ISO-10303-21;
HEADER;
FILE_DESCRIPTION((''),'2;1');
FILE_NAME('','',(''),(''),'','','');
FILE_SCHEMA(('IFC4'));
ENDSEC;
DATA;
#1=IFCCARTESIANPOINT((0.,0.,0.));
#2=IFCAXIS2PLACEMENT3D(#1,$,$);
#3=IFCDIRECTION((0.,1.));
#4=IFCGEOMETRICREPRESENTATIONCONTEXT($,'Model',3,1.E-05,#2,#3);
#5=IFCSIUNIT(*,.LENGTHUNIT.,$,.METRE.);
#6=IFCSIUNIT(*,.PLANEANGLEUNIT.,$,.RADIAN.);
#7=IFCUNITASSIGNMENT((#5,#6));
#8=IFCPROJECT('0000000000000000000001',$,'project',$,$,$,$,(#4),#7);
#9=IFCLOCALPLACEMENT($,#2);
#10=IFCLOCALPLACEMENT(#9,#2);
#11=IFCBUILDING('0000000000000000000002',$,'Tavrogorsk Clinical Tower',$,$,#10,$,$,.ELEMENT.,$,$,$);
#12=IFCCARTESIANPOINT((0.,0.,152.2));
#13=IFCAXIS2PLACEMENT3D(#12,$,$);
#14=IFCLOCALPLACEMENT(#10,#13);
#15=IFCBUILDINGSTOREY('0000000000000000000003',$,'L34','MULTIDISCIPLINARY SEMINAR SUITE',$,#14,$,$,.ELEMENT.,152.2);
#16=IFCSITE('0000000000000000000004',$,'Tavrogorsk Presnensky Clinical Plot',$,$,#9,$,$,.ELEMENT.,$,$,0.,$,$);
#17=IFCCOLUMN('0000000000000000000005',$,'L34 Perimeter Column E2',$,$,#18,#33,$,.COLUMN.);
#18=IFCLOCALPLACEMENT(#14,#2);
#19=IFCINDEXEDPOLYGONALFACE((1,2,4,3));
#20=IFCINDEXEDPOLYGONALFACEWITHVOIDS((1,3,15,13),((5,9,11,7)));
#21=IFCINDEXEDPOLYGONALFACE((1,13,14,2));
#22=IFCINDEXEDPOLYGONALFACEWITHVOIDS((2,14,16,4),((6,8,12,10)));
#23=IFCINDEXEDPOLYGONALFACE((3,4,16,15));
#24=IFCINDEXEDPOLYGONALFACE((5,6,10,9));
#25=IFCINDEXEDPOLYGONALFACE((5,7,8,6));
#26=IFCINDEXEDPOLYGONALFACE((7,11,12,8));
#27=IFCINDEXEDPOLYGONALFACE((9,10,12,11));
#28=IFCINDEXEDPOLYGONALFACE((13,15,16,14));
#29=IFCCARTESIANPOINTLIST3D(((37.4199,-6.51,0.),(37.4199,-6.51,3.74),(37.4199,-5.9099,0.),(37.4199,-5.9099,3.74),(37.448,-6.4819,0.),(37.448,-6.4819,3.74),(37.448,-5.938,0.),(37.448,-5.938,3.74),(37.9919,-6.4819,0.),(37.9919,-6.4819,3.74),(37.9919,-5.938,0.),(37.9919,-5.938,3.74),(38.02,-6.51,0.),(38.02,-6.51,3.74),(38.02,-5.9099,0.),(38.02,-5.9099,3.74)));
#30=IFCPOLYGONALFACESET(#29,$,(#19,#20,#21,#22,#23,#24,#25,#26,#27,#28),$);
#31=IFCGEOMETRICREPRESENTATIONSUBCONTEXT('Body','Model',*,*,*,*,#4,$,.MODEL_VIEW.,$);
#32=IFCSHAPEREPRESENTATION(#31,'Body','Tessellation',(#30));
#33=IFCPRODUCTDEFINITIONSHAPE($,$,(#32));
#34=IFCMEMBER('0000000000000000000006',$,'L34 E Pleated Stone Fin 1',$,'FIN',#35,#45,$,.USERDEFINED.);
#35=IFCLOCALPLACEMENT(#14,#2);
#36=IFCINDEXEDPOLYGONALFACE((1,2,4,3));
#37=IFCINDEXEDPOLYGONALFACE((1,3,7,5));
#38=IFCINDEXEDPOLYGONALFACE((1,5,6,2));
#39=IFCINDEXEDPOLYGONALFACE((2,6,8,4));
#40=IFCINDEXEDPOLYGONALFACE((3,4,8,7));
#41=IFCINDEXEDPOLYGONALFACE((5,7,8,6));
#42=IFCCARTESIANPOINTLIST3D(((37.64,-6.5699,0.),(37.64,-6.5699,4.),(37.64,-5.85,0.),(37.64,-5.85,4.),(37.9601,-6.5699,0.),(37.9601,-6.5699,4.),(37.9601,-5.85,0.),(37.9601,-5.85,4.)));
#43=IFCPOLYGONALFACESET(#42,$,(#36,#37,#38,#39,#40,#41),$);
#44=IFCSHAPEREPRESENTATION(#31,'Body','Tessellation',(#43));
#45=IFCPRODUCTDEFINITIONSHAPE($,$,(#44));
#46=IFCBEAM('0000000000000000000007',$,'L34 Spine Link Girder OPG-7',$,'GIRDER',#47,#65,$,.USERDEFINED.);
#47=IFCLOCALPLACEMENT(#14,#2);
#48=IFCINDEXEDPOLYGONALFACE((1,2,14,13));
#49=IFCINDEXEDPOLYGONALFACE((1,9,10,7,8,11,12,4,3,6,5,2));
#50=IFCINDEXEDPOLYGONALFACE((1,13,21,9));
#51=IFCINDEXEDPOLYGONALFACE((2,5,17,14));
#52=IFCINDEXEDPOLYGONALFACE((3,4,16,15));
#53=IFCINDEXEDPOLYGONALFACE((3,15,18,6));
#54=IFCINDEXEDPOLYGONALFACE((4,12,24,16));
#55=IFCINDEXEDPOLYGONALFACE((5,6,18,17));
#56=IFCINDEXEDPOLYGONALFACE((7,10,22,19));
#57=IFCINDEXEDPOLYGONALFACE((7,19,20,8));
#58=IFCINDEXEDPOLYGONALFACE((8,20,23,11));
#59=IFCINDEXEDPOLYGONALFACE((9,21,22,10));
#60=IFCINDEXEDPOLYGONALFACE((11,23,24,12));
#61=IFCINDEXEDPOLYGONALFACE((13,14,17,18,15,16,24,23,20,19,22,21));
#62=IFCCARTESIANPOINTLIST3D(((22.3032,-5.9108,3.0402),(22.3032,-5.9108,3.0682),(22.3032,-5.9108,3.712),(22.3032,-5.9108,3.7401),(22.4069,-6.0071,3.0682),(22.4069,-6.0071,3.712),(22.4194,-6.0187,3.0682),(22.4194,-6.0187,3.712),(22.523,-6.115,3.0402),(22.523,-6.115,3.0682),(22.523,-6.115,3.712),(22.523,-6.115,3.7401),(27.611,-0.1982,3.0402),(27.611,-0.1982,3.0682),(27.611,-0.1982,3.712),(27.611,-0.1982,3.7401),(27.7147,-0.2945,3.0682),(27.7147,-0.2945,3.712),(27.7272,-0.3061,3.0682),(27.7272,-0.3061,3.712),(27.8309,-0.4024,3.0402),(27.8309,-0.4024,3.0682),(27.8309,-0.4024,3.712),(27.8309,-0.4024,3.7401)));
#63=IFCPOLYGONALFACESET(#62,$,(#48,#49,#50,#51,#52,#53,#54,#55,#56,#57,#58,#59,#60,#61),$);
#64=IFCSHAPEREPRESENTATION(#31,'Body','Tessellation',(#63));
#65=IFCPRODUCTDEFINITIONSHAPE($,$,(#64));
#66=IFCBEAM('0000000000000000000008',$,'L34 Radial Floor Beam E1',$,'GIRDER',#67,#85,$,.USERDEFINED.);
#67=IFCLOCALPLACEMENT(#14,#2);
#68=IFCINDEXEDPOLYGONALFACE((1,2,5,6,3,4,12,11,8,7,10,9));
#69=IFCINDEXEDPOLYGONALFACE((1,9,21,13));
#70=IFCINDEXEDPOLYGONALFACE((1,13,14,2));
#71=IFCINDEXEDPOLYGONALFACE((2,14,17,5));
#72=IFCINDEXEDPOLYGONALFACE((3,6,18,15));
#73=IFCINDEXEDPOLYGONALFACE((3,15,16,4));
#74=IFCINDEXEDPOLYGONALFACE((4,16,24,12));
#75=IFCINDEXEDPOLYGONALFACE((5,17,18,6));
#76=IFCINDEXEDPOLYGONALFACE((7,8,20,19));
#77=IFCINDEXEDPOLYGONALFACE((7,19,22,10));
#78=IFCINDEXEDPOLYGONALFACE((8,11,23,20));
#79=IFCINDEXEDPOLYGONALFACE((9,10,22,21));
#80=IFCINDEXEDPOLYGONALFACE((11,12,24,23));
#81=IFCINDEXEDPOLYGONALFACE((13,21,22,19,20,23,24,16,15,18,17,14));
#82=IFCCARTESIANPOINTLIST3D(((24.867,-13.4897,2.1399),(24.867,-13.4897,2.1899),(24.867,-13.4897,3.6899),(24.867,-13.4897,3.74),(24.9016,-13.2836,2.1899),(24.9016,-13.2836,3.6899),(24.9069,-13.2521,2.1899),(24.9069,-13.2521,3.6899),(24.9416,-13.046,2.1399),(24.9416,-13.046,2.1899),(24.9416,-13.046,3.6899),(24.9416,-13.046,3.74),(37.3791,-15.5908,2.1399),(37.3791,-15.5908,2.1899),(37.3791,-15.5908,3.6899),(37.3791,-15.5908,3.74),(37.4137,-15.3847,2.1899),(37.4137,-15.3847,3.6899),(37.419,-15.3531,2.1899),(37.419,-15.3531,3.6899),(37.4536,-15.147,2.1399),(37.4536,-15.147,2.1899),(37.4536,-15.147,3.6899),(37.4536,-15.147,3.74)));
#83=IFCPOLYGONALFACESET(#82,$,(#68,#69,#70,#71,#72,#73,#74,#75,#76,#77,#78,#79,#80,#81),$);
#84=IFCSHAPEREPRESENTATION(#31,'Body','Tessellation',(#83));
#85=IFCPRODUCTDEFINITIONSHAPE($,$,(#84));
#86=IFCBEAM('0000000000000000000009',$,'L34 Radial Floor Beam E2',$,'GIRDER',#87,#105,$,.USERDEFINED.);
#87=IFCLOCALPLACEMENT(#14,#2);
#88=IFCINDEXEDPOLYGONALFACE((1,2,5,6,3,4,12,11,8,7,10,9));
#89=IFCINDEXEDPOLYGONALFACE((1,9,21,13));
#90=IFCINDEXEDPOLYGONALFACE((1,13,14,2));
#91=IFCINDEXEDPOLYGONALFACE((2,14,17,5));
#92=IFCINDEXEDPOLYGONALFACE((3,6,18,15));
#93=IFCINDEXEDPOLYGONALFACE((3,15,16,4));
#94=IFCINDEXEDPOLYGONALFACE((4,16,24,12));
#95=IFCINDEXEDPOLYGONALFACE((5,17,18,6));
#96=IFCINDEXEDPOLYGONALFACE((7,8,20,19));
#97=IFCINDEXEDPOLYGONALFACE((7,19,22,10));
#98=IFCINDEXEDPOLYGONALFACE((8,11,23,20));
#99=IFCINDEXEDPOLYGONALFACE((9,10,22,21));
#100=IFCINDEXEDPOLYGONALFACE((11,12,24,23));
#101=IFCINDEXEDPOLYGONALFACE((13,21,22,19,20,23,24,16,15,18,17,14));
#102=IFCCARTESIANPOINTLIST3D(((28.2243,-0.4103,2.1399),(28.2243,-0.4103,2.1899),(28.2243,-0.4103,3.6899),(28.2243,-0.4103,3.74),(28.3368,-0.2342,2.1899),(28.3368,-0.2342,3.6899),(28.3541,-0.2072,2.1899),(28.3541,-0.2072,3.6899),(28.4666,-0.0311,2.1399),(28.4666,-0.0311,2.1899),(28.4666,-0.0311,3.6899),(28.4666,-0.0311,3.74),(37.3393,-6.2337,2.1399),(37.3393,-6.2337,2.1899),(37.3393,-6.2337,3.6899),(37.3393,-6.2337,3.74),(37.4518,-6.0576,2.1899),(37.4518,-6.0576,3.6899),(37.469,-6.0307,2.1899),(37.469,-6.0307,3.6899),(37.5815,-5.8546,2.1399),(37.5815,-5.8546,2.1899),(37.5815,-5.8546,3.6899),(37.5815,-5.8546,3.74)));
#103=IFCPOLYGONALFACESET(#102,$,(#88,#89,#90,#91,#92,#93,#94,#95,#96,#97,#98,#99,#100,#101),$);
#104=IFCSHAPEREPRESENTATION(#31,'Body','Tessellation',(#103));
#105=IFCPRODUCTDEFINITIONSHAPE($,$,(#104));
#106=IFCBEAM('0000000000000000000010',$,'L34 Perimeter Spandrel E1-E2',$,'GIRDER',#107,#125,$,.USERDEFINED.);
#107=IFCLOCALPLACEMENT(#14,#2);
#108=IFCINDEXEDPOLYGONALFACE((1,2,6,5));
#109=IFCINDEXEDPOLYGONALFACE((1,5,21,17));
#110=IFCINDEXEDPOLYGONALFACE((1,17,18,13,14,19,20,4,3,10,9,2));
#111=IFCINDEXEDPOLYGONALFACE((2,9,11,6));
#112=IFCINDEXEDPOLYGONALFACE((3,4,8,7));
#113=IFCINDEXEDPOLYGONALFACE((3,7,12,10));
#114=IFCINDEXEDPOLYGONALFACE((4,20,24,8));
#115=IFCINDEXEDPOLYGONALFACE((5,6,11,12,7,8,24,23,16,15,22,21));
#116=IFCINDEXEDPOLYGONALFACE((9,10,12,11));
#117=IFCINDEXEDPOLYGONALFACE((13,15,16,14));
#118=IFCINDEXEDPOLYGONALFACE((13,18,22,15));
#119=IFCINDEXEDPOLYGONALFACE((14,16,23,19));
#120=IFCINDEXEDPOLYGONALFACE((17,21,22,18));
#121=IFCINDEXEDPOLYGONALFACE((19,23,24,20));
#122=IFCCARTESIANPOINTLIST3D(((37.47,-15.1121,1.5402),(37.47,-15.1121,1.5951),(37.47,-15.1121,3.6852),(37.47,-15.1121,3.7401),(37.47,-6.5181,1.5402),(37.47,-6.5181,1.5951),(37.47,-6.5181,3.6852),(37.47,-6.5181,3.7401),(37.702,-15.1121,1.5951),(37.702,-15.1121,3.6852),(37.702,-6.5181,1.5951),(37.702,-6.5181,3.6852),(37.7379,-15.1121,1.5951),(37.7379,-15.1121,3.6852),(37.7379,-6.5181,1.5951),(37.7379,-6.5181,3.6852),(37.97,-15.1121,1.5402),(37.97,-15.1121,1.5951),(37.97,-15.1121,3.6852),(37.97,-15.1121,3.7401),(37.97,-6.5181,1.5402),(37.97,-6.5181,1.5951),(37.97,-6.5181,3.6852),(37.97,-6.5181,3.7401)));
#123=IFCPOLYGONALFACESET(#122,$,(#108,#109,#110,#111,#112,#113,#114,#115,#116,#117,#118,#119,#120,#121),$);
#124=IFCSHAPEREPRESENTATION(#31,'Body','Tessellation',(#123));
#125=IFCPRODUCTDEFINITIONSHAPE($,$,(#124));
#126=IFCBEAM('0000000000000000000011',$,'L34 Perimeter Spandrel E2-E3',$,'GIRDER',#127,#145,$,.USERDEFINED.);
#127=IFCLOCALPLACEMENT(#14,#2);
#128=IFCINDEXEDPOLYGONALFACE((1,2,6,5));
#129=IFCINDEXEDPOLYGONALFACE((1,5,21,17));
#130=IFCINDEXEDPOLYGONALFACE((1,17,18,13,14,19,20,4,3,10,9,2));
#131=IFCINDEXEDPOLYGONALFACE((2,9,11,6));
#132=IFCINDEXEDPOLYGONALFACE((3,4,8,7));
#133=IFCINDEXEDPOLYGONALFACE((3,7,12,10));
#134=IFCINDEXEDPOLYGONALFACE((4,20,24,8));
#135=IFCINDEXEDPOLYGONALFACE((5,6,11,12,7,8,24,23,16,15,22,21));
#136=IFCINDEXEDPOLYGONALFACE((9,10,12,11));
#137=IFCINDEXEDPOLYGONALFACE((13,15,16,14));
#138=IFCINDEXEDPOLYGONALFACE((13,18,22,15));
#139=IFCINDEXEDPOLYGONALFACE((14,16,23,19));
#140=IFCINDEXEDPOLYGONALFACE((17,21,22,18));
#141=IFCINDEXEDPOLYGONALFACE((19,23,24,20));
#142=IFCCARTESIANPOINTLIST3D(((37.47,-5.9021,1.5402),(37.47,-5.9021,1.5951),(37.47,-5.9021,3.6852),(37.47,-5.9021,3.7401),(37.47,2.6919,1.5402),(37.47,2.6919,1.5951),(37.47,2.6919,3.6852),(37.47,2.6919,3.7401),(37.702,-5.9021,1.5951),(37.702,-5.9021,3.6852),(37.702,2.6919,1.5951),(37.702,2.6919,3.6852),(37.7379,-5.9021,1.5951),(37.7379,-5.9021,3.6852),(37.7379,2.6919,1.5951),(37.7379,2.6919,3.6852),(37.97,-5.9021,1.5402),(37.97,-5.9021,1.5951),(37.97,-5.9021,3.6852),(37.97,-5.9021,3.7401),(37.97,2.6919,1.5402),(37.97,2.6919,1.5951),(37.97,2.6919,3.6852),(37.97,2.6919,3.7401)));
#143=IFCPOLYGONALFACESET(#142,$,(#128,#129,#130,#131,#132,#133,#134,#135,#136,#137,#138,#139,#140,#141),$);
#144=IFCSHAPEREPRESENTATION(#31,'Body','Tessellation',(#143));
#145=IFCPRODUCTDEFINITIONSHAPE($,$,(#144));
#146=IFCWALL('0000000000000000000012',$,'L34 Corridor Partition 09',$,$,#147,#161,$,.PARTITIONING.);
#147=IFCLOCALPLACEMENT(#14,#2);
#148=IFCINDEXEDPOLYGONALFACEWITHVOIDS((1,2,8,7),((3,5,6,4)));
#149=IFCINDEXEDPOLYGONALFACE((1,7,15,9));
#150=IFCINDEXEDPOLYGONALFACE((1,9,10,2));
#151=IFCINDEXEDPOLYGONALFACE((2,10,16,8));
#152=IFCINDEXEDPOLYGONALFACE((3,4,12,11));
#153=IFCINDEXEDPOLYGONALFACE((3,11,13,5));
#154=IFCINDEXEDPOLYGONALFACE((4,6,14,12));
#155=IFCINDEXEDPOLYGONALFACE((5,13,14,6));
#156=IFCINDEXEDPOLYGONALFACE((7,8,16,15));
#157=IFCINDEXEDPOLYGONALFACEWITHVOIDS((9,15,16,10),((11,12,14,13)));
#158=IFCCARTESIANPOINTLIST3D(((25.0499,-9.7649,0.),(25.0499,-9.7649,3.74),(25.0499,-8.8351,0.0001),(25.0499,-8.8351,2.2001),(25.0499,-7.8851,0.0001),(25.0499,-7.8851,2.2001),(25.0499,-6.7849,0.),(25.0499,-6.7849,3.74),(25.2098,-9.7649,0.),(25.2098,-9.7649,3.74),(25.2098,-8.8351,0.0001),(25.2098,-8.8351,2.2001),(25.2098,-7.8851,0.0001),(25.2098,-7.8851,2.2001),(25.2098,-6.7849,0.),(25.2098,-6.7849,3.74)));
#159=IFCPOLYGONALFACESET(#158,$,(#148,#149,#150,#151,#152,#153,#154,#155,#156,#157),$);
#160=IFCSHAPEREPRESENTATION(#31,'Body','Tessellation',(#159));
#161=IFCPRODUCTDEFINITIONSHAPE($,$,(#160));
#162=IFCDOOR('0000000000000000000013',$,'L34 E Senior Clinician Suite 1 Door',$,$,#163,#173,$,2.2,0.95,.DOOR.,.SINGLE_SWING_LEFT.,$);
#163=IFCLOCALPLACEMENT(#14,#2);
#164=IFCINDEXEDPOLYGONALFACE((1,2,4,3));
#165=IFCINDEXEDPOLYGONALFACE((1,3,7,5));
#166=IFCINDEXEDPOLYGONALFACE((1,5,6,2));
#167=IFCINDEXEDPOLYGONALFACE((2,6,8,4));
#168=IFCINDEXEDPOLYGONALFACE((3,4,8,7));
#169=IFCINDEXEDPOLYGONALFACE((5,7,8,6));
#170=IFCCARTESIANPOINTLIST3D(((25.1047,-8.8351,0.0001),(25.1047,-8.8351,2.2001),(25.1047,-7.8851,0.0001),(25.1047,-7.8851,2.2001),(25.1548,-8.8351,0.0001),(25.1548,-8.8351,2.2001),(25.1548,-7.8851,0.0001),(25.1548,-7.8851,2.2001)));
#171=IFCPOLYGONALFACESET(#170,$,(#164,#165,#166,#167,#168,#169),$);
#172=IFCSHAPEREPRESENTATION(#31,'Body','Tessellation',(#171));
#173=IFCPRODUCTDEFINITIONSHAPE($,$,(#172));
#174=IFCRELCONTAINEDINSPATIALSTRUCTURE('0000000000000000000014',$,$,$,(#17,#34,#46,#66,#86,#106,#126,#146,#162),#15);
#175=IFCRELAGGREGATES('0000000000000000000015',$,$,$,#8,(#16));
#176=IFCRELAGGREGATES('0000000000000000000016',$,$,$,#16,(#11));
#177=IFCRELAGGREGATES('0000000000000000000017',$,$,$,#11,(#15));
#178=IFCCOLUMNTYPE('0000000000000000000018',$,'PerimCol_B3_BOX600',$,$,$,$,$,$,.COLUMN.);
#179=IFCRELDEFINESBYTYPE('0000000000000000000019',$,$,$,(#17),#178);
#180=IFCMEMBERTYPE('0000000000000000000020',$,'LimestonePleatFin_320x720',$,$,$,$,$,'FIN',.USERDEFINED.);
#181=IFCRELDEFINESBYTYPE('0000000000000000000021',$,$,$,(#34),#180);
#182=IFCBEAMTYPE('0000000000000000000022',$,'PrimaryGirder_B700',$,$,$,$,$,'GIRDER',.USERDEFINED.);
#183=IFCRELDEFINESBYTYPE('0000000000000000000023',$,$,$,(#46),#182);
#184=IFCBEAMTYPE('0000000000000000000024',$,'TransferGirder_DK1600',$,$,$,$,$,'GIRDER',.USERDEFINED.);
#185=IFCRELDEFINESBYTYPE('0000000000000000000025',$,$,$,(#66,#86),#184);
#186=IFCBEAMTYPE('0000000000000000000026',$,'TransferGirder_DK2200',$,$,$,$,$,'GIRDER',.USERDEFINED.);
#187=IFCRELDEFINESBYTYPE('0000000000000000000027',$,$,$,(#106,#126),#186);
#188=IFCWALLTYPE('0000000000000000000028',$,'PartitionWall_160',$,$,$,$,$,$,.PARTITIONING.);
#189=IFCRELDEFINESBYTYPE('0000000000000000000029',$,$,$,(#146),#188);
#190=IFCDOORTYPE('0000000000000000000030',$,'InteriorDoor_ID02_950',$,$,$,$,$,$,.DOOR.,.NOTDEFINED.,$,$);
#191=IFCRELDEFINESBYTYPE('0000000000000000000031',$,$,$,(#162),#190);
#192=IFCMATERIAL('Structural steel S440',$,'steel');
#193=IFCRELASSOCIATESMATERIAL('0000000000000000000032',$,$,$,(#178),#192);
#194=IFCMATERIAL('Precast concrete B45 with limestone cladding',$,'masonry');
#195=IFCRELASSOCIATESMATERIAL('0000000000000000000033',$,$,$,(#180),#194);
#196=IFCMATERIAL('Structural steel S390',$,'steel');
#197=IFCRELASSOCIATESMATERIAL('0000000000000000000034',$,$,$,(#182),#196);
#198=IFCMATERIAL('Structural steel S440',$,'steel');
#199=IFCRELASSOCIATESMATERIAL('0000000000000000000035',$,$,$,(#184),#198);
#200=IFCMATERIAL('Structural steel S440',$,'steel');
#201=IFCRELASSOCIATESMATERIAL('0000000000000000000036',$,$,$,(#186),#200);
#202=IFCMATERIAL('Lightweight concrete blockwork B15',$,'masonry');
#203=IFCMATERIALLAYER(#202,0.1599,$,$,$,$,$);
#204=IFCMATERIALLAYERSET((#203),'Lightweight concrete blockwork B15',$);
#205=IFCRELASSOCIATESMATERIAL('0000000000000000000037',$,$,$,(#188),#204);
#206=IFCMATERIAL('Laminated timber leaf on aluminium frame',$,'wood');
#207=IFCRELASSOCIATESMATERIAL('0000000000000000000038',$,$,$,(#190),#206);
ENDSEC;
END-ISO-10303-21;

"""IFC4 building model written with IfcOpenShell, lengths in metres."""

from ifc_helpers import new_model, si_unit, direction, frame, frame_2d, origin, origin_2d, place, context, subcontext, project, spatial, rectangle, hollow_rectangle, i_section, extrude, material, layer, layer_set, material_profile, profile_set, type_object, element, fill, save


model = new_model("IFC4")

# Units and contexts
model_context = context("Model", 3, precision=1e-05, world=origin(), true_north=direction((0.0, 1.0)))
body_context = subcontext(model_context, "Body", "Model", "MODEL_VIEW")
ifc_project = project(units=[si_unit("LENGTHUNIT", "METRE"), si_unit("PLANEANGLEUNIT", "RADIAN")], contexts=[model_context])

# Site, building, storey
site_placement = place(None, origin())
site = spatial("IfcSite", under=ifc_project, at=site_placement, Name="Tavrogorsk Presnensky Clinical Plot", CompositionType="ELEMENT", RefElevation=0.0)
building_placement = place(site_placement, origin())
building = spatial("IfcBuilding", under=site, at=building_placement, Name="Tavrogorsk Clinical Tower", CompositionType="ELEMENT")
storey_placement = place(building_placement, frame((0.0, 0.0, 152.2)))
storey = spatial("IfcBuildingStorey", under=building, at=storey_placement, Name="L34", Description="MULTIDISCIPLINARY SEMINAR SUITE", CompositionType="ELEMENT", Elevation=152.2)

# Column
ifc_material_1 = material(Name="Structural steel S440", Category="steel")
ifc_material_profile_1 = material_profile(ifc_material_1, hollow_rectangle(XDim=0.6001, YDim=0.6001, WallThickness=0.0281, at=origin_2d()), Name="BOX-600x600x28")
ifc_profile_set_1 = profile_set([ifc_material_profile_1], Name="Structural steel S440")
column_type = type_object("IfcColumnType", Name="PerimCol_B3_BOX600", PredefinedType="COLUMN", material=ifc_profile_set_1)
column_placement = place(storey_placement, frame((37.72, -6.21, 0.0), z_axis=(0.0, 0.0, 1.0), x_axis=(1.0, 0.0, 0.0)))
element("IfcColumn", 1, at=column_placement, inside=storey, type_object=column_type, Name="L34 Perimeter Column E2", PredefinedType="COLUMN", context=body_context, shape_type="SweptSolid", body=[
    extrude(hollow_rectangle(XDim=0.6001, YDim=0.6001, WallThickness=0.0281, at=origin_2d()), origin(), (0.0, 0.0, 1.0), 3.74),
])

# Member
ifc_material_2 = material(Name="Precast concrete B45 with limestone cladding", Category="masonry")
ifc_material_profile_2 = material_profile(ifc_material_2, rectangle(XDim=0.3201, YDim=0.72, at=origin_2d()), Name="LIMESTONE-FIN-320x720")
ifc_profile_set_2 = profile_set([ifc_material_profile_2], Name="Precast concrete B45 with limestone cladding")
member_type = type_object("IfcMemberType", Name="LimestonePleatFin_320x720", ElementType="FIN", PredefinedType="USERDEFINED", material=ifc_profile_set_2)
member_placement = place(storey_placement, frame((37.8, -6.21, 0.0), z_axis=(0.0, 0.0, 1.0), x_axis=(1.0, 0.0, 0.0)))
element("IfcMember", 2, at=member_placement, inside=storey, type_object=member_type, Name="L34 E Pleated Stone Fin 1", ObjectType="FIN", PredefinedType="USERDEFINED", context=body_context, shape_type="SweptSolid", body=[
    extrude(rectangle(XDim=0.3201, YDim=0.72, at=origin_2d()), origin(), (0.0, 0.0, 1.0), 4.0),
])

# Beams
ifc_material_3 = material(Name="Structural steel S390", Category="steel")
ifc_material_profile_3 = material_profile(ifc_material_3, i_section(OverallWidth=0.3, OverallDepth=0.7, WebThickness=0.0171, FlangeThickness=0.0281, at=origin_2d()), Name="B-700x300x17x28")
ifc_profile_set_3 = profile_set([ifc_material_profile_3], Name="Structural steel S390")
beam_type_1 = type_object("IfcBeamType", Name="PrimaryGirder_B700", ElementType="GIRDER", PredefinedType="USERDEFINED", material=ifc_profile_set_3)
beam_1_placement = place(storey_placement, frame((27.7209, -0.3003, 3.3901), z_axis=(-0.680676, -0.732585, 0.0), x_axis=(0.732585, -0.680676, 0.0)))
element("IfcBeam", 3, at=beam_1_placement, inside=storey, type_object=beam_type_1, Name="L34 Spine Link Girder OPG-7", ObjectType="GIRDER", PredefinedType="USERDEFINED", context=body_context, shape_type="SweptSolid", body=[
    extrude(i_section(OverallWidth=0.3, OverallDepth=0.7, WebThickness=0.0171, FlangeThickness=0.0281, at=origin_2d()), origin(), (0.0, 0.0, 1.0), 7.7979),
])
ifc_material_4 = material(Name="Structural steel S440", Category="steel")
ifc_material_profile_4 = material_profile(ifc_material_4, i_section(OverallWidth=0.45, OverallDepth=1.6001, WebThickness=0.032, FlangeThickness=0.05, at=origin_2d()), Name="DK-1600x450x32x50")
ifc_profile_set_4 = profile_set([ifc_material_profile_4], Name="Structural steel S440")
beam_type_2 = type_object("IfcBeamType", Name="TransferGirder_DK1600", ElementType="GIRDER", PredefinedType="USERDEFINED", material=ifc_profile_set_4)
beam_2_placement = place(storey_placement, frame((24.9043, -13.2678, 2.9399), z_axis=(0.986192, -0.165607, 0.0), x_axis=(0.165607, 0.986192, 0.0)))
element("IfcBeam", 4, at=beam_2_placement, inside=storey, type_object=beam_type_2, Name="L34 Radial Floor Beam E1", ObjectType="GIRDER", PredefinedType="USERDEFINED", context=body_context, shape_type="SweptSolid", body=[
    extrude(i_section(OverallWidth=0.45, OverallDepth=1.6001, WebThickness=0.032, FlangeThickness=0.05, at=origin_2d()), origin(), (0.0, 0.0, 1.0), 12.6873),
])
beam_3_placement = place(storey_placement, frame((28.3455, -0.2207, 2.9399), z_axis=(0.842695, -0.538391, 0.0), x_axis=(0.538391, 0.842695, 0.0)))
element("IfcBeam", 5, at=beam_3_placement, inside=storey, type_object=beam_type_2, Name="L34 Radial Floor Beam E2", ObjectType="GIRDER", PredefinedType="USERDEFINED", context=body_context, shape_type="SweptSolid", body=[
    extrude(i_section(OverallWidth=0.45, OverallDepth=1.6001, WebThickness=0.032, FlangeThickness=0.05, at=origin_2d()), origin(), (0.0, 0.0, 1.0), 10.8164),
])
ifc_material_5 = material(Name="Structural steel S440", Category="steel")
ifc_material_profile_5 = material_profile(ifc_material_5, i_section(OverallWidth=0.5, OverallDepth=2.2, WebThickness=0.0359, FlangeThickness=0.0549, at=origin_2d()), Name="DK-2200x500x36x55")
ifc_profile_set_5 = profile_set([ifc_material_profile_5], Name="Structural steel S440")
beam_type_3 = type_object("IfcBeamType", Name="TransferGirder_DK2200", ElementType="GIRDER", PredefinedType="USERDEFINED", material=ifc_profile_set_5)
for number, where, z_axis, x_axis, name in (
    (6, (37.72, -15.1121, 2.6401), (0.0, 1.0, 0.0), (-1.0, 0.0, 0.0), "L34 Perimeter Spandrel E1-E2"),
    (7, (37.72, -5.9021, 2.6401), (0.0, 1.0, 0.0), (-1.0, 0.0, 0.0), "L34 Perimeter Spandrel E2-E3"),
):
    element("IfcBeam", number, at=place(storey_placement, frame(where, z_axis=z_axis, x_axis=x_axis)), inside=storey, type_object=beam_type_3, Name=name, ObjectType="GIRDER", PredefinedType="USERDEFINED", context=body_context, shape_type="SweptSolid", body=[
        extrude(i_section(OverallWidth=0.5, OverallDepth=2.2, WebThickness=0.0359, FlangeThickness=0.0549, at=origin_2d()), origin(), (0.0, 0.0, 1.0), 8.594),
    ])

# Wall, opening, door
ifc_material_6 = material(Name="Lightweight concrete blockwork B15", Category="masonry")
ifc_layer = layer(ifc_material_6, 0.1599)
ifc_layer_set = layer_set([ifc_layer], Name="Lightweight concrete blockwork B15")
wall_type = type_object("IfcWallType", Name="PartitionWall_160", PredefinedType="PARTITIONING", material=ifc_layer_set)
wall_1_placement = place(storey_placement, frame((25.1299, -6.7849, 0.0), z_axis=(0.0, 0.0, 1.0), x_axis=(0.0, -1.0, 0.0)))
wall_1 = element("IfcWall", 8, at=wall_1_placement, inside=storey, type_object=wall_type, Name="L34 Corridor Partition 09", PredefinedType="PARTITIONING", context=body_context, shape_type="SweptSolid", body=[
    extrude(rectangle(XDim=2.98, YDim=0.1599, at=frame_2d((1.49, 0.0))), origin(), (0.0, 0.0, 1.0), 3.74),
])
opening_1_placement = place(wall_1_placement, frame((1.1001, 0.0, 0.0)))
opening_1 = element("IfcOpeningElement", 9, at=opening_1_placement, cuts=wall_1, PredefinedType="OPENING", context=body_context, shape_type="SweptSolid", body=[
    extrude(rectangle(XDim=0.95, YDim=2.2, at=frame_2d((0.4751, 1.1001))), frame((0.0, 0.0898, 0.0), z_axis=(0.0, -1.0, 0.0), x_axis=(1.0, 0.0, 0.0)), (0.0, 0.0, 1.0), 0.1799),
])
ifc_material_7 = material(Name="Laminated timber leaf on aluminium frame", Category="wood")
door_type_1 = type_object("IfcDoorType", Name="InteriorDoor_ID02_950", OperationType="NOTDEFINED", PredefinedType="DOOR", material=ifc_material_7)
door_1_placement = place(opening_1_placement, origin())
door_1 = element("IfcDoor", 10, at=door_1_placement, inside=storey, type_object=door_type_1, Name="L34 E Senior Clinician Suite 1 Door", OperationType="SINGLE_SWING_LEFT", OverallHeight=2.2, OverallWidth=0.95, PredefinedType="DOOR", context=body_context, shape_type="SweptSolid", body=[
    extrude(rectangle(XDim=0.95, YDim=2.2, at=frame_2d((0.4751, 1.1001))), frame((0.0, 0.0249, 0.0), z_axis=(0.0, -1.0, 0.0), x_axis=(1.0, 0.0, 0.0)), (0.0, 0.0, 1.0), 0.05),
])
fill(opening_1, door_1)

save(model, "model.ifc")
